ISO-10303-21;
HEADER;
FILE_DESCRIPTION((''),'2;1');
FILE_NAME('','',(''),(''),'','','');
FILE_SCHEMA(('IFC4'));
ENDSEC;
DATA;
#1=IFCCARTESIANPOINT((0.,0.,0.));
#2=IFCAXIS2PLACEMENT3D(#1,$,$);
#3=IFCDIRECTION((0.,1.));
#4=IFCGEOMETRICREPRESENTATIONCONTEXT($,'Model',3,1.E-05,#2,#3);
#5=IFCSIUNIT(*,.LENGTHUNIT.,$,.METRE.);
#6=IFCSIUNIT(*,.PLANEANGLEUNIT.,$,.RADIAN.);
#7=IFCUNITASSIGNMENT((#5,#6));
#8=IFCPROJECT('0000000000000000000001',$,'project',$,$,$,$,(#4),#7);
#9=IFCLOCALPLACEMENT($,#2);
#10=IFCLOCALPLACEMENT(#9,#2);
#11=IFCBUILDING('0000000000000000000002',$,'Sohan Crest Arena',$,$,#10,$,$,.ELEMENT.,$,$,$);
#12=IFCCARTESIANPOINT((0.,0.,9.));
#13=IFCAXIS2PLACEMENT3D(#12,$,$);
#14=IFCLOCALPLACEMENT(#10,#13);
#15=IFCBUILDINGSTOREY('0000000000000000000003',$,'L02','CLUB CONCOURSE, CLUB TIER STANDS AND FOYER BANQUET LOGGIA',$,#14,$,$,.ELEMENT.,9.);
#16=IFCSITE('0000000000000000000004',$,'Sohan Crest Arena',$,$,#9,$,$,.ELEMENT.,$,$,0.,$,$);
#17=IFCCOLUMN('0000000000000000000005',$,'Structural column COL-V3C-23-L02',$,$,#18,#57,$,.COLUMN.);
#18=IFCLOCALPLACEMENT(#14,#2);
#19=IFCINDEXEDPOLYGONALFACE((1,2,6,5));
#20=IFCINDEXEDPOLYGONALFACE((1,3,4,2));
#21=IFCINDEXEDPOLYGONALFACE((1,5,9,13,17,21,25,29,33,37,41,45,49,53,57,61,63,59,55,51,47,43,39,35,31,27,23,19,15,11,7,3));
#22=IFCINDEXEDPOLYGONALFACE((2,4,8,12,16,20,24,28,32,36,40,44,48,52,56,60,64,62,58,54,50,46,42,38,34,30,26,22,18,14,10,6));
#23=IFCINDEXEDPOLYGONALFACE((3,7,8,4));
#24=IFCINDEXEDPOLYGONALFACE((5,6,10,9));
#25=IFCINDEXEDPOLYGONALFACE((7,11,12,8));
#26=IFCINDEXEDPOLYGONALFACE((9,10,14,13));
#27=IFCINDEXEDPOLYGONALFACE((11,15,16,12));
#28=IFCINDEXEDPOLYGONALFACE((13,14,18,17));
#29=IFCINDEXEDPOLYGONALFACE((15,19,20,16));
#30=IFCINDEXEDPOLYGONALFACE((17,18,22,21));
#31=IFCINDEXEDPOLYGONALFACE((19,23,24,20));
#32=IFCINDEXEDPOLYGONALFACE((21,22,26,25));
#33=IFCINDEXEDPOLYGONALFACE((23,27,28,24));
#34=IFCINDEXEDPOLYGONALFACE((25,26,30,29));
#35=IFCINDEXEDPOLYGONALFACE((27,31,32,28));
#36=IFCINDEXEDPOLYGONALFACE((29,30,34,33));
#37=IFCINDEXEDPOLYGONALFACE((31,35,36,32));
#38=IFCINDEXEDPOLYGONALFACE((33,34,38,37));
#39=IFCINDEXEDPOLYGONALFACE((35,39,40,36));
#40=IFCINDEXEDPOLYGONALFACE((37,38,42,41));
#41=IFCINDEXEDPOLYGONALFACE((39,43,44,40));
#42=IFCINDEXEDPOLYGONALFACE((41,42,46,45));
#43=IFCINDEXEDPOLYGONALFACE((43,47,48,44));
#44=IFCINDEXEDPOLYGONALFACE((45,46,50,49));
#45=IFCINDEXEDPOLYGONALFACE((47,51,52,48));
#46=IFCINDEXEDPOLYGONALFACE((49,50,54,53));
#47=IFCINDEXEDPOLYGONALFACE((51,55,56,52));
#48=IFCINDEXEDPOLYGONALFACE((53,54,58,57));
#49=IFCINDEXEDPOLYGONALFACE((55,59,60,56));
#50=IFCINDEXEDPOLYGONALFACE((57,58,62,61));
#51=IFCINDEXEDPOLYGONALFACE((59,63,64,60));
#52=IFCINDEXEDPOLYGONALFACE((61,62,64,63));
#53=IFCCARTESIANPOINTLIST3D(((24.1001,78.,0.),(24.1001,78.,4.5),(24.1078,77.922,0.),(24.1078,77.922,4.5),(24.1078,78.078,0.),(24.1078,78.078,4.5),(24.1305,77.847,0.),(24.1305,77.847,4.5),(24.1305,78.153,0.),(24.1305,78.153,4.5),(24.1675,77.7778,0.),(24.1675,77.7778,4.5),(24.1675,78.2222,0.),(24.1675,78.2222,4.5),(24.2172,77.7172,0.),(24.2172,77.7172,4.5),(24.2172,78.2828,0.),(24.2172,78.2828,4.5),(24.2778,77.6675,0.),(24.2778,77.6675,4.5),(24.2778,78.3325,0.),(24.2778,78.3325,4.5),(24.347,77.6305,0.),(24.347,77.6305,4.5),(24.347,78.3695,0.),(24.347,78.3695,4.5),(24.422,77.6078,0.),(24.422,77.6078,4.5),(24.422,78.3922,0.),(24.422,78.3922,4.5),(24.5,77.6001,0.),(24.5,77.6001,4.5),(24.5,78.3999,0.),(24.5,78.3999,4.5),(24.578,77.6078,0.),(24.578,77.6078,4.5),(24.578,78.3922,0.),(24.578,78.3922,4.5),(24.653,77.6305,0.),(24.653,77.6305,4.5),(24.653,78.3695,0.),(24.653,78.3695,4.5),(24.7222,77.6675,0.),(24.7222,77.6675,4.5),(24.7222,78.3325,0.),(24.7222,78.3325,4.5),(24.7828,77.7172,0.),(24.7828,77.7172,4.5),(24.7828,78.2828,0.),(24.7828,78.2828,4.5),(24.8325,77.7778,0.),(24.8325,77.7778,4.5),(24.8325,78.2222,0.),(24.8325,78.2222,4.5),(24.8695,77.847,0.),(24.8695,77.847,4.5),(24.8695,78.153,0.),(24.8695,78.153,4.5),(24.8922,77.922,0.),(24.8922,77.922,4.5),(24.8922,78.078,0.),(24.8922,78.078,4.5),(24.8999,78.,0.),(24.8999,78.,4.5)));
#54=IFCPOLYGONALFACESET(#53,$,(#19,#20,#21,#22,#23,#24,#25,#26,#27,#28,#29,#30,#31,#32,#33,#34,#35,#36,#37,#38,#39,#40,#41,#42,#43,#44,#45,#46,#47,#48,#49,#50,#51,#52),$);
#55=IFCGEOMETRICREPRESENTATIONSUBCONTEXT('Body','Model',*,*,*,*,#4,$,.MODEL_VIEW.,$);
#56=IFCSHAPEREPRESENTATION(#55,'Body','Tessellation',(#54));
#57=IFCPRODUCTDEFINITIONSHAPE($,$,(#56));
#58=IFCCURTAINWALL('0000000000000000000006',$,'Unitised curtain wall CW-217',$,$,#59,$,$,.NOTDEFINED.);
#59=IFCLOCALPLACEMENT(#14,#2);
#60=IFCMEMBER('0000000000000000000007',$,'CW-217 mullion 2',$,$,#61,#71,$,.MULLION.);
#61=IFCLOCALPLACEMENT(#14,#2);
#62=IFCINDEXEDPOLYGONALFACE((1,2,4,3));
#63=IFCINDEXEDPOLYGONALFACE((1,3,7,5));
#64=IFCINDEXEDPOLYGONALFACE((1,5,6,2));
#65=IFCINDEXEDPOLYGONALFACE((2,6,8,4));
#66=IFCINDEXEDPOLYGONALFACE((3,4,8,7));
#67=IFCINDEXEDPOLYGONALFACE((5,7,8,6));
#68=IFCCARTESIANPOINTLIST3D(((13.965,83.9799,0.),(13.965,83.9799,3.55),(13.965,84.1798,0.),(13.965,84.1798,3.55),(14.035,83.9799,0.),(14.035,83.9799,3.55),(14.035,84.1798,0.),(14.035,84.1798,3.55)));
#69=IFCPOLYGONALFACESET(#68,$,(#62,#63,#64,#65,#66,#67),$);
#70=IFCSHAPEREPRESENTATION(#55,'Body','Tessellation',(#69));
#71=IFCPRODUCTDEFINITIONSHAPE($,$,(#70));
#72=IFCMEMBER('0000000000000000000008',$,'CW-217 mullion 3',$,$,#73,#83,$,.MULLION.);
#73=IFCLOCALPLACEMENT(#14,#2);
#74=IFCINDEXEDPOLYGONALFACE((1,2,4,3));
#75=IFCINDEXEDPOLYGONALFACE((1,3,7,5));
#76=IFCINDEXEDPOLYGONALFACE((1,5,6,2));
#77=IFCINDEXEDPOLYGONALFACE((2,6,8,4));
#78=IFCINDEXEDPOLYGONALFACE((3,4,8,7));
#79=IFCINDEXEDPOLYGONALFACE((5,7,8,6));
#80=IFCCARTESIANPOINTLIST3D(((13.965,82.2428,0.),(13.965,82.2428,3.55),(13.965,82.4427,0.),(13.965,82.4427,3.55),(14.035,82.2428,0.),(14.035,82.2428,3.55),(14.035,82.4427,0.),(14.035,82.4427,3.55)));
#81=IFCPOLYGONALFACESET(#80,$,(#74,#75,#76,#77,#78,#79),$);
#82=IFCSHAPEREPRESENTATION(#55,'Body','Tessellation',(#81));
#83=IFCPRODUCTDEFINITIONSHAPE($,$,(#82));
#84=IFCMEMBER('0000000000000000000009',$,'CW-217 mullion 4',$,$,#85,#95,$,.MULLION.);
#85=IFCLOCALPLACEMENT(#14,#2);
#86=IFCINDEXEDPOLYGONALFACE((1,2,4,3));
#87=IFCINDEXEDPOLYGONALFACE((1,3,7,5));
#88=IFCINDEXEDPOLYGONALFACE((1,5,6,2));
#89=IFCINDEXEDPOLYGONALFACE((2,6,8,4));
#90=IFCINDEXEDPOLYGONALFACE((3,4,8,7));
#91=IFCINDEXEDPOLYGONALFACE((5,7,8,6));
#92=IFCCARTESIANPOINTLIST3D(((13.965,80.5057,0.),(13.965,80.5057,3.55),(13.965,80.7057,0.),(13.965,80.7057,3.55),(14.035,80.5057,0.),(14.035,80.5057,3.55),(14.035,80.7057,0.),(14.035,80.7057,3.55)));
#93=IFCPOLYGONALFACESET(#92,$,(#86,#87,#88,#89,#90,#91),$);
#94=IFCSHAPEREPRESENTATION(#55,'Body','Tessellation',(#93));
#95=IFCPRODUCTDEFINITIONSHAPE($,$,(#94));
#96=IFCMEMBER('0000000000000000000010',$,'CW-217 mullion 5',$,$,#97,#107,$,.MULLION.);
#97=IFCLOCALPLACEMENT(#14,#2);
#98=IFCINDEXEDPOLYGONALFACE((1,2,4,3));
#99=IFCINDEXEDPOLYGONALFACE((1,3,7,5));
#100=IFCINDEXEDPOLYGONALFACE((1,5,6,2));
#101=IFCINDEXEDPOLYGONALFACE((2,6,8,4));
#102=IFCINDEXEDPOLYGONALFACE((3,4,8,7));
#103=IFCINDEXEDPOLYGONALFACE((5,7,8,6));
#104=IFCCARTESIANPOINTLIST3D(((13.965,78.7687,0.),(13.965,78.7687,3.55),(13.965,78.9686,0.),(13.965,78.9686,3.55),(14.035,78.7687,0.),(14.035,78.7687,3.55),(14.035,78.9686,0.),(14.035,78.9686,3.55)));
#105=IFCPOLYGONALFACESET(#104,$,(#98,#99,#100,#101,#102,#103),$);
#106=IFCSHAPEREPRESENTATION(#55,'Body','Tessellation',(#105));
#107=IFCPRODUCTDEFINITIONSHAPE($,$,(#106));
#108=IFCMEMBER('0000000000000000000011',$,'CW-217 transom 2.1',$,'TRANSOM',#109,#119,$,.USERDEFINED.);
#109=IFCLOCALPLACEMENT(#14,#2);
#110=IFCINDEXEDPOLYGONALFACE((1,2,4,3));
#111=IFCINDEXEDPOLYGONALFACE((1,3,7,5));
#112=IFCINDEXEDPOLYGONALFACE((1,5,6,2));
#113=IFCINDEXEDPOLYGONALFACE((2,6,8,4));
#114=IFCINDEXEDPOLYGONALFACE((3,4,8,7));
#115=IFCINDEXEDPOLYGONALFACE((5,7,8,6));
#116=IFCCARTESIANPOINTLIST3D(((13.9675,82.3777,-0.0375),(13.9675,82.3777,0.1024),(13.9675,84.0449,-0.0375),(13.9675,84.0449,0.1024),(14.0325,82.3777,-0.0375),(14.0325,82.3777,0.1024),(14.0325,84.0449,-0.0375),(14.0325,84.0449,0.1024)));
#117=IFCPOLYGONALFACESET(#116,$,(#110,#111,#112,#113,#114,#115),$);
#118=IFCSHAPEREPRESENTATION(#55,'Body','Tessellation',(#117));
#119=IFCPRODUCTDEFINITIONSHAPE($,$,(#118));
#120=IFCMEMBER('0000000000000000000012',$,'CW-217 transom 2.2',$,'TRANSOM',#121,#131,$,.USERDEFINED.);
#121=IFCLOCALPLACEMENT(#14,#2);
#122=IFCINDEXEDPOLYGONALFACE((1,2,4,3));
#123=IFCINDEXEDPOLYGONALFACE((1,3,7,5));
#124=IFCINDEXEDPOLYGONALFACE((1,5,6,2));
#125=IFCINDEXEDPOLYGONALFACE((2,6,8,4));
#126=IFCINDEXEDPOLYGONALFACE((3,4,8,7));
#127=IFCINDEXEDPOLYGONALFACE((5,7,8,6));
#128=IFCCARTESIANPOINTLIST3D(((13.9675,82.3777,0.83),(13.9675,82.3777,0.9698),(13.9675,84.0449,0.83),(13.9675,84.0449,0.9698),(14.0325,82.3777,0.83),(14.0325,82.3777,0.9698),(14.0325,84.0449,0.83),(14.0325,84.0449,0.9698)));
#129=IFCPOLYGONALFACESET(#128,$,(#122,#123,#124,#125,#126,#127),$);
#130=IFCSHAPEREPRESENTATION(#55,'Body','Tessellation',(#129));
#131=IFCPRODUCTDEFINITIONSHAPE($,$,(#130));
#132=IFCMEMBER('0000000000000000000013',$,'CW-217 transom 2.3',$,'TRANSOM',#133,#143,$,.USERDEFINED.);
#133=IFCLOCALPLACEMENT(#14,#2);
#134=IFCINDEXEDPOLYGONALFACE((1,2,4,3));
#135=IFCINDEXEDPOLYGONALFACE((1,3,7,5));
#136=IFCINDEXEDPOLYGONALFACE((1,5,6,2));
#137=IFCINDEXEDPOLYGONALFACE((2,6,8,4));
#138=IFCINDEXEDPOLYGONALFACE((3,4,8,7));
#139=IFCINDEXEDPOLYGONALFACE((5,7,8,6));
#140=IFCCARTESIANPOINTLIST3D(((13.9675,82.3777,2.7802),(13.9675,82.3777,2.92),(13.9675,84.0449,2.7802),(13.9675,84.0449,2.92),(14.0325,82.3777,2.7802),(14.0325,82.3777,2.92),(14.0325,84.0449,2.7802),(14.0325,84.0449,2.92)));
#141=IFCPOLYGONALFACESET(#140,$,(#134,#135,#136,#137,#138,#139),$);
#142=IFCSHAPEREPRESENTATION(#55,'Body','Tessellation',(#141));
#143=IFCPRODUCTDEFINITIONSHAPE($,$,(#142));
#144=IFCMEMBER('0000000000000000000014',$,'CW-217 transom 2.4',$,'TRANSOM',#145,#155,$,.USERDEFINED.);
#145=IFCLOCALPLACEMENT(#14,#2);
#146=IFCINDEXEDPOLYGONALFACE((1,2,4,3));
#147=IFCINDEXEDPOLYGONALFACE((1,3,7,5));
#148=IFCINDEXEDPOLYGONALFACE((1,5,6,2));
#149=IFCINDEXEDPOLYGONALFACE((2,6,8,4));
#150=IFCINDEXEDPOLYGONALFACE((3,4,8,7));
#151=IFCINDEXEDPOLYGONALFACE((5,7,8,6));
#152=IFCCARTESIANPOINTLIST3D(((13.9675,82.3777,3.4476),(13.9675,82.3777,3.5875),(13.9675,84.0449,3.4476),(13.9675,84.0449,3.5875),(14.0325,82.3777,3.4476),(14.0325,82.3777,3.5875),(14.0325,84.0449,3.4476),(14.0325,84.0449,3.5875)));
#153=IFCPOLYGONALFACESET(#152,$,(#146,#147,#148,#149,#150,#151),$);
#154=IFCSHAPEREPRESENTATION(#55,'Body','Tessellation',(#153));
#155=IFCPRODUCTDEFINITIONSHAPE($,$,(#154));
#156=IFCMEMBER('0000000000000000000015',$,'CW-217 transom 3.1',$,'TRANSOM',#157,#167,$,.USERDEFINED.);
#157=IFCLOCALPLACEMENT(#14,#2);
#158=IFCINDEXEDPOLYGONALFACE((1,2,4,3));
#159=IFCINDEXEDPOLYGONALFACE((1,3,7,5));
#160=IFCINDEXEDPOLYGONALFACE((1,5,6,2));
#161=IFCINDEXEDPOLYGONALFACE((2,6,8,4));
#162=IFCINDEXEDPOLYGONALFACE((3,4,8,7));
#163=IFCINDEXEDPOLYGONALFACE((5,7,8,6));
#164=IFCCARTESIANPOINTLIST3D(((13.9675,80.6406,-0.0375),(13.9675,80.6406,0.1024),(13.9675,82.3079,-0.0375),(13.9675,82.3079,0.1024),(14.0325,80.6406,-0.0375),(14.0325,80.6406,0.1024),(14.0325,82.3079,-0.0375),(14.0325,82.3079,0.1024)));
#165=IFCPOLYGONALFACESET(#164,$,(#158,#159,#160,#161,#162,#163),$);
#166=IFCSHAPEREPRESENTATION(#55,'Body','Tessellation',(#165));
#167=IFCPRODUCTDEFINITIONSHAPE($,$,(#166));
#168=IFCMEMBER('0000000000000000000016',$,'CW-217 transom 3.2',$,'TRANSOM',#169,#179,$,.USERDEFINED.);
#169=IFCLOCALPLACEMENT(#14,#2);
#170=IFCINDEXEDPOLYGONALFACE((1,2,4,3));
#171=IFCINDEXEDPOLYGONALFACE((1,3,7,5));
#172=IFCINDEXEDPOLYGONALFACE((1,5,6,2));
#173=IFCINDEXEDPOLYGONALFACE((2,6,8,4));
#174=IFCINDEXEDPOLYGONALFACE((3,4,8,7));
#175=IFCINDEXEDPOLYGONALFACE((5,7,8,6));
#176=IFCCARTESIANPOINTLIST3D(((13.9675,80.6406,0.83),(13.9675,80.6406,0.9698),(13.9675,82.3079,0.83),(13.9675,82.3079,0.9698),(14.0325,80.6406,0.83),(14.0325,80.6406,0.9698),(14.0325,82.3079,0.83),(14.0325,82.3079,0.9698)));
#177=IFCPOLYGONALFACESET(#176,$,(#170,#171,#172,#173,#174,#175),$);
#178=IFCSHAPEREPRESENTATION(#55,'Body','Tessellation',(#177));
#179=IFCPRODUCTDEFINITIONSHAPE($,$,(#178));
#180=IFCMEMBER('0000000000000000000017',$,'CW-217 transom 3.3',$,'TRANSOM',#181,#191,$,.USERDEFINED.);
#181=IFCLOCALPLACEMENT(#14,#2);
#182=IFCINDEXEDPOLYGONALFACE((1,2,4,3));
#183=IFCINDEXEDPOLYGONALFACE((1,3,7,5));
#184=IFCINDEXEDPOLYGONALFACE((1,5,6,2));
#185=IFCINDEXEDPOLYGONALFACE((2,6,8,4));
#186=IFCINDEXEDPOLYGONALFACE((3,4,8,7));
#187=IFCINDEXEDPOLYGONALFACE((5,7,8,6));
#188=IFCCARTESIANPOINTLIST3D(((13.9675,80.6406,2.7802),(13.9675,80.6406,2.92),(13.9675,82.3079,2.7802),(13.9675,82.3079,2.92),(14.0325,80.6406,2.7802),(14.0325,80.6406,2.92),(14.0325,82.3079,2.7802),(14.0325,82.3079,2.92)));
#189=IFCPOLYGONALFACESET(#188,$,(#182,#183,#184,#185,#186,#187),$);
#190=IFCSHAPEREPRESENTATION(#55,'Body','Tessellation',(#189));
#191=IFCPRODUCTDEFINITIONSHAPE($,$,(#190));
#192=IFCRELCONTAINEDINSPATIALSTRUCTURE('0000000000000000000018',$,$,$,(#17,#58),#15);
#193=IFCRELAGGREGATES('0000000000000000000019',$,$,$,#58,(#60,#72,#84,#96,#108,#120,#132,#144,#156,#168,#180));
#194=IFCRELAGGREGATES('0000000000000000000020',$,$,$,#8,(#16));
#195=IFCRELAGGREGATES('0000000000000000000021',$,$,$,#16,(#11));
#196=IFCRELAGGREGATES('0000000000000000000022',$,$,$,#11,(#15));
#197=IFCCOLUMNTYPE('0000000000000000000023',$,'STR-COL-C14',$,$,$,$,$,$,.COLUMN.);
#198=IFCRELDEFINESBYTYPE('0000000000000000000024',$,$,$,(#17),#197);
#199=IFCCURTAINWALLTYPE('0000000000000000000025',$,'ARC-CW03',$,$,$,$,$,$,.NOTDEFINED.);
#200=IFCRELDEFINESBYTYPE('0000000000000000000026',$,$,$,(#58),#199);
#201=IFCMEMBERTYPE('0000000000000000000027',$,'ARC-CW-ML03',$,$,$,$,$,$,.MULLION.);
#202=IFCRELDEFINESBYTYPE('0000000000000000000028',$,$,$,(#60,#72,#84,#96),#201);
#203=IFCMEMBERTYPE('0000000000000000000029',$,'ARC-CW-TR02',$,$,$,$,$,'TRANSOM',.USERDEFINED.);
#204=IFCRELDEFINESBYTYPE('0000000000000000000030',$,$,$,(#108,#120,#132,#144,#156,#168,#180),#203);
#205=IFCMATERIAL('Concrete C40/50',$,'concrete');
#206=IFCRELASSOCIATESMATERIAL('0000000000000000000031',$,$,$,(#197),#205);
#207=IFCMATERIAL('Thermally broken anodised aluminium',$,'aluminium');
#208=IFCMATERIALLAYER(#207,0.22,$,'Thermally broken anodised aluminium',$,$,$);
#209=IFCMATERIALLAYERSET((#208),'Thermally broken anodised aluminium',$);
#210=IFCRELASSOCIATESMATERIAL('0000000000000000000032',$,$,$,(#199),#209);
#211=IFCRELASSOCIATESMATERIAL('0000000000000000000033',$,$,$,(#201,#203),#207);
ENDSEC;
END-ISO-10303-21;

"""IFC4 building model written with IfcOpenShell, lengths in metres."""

from ifc_helpers import new_model, si_unit, direction, frame, origin, origin_2d, place, context, subcontext, project, spatial, rectangle, circle, extrude, material, layer, layer_set, material_profile, profile_set, type_object, element, aggregate, save


model = new_model("IFC4")

# Units and contexts
model_context = context("Model", 3, precision=1e-05, world=origin(), true_north=direction((0.0, 1.0)))
body_context = subcontext(model_context, "Body", "Model", "MODEL_VIEW")
ifc_project = project(units=[si_unit("LENGTHUNIT", "METRE"), si_unit("PLANEANGLEUNIT", "RADIAN")], contexts=[model_context])

# Site, building, storey
site_placement = place(None, origin())
site = spatial("IfcSite", under=ifc_project, at=site_placement, Name="Sohan Crest Arena", CompositionType="ELEMENT", RefElevation=0.0)
building_placement = place(site_placement, origin())
building = spatial("IfcBuilding", under=site, at=building_placement, Name="Sohan Crest Arena", CompositionType="ELEMENT")
storey_placement = place(building_placement, frame((0.0, 0.0, 9.0)))
storey = spatial("IfcBuildingStorey", under=building, at=storey_placement, Name="L02", Description="CLUB CONCOURSE, CLUB TIER STANDS AND FOYER BANQUET LOGGIA", CompositionType="ELEMENT", Elevation=9.0)

# Column
ifc_material_1 = material(Name="Concrete C40/50", Category="concrete")
ifc_material_profile_1 = material_profile(ifc_material_1, circle(Radius=0.3999, at=origin_2d()), Name="RC D800")
ifc_profile_set_1 = profile_set([ifc_material_profile_1], Name="Concrete C40/50")
column_type = type_object("IfcColumnType", Name="STR-COL-C14", PredefinedType="COLUMN", material=ifc_profile_set_1)
column_placement = place(storey_placement, frame((24.5, 78.0, 0.0), z_axis=(0.0, 0.0, 1.0), x_axis=(1.0, 0.0, 0.0)))
element("IfcColumn", 1, at=column_placement, inside=storey, type_object=column_type, Name="Structural column COL-V3C-23-L02", PredefinedType="COLUMN", context=body_context, shape_type="SweptSolid", body=[
    extrude(circle(Radius=0.3999, at=origin_2d()), origin(), (0.0, 0.0, 1.0), 4.5),
])

# Curtain wall, members
ifc_material_2 = material(Name="Thermally broken anodised aluminium", Category="aluminium")
ifc_layer_1 = layer(ifc_material_2, 0.22, Name="Thermally broken anodised aluminium")
ifc_layer_set_1 = layer_set([ifc_layer_1], Name="Thermally broken anodised aluminium")
curtain_wall_type = type_object("IfcCurtainWallType", Name="ARC-CW03", PredefinedType="NOTDEFINED", material=ifc_layer_set_1)
curtain_wall_placement = place(storey_placement, origin())
curtain_wall = element("IfcCurtainWall", 2, at=curtain_wall_placement, inside=storey, type_object=curtain_wall_type, Name="Unitised curtain wall CW-217", PredefinedType="NOTDEFINED")
ifc_material_profile_2 = material_profile(ifc_material_2, rectangle(XDim=0.0701, YDim=0.2, at=origin_2d()), Name="ALU-MULL 70x200")
ifc_profile_set_2 = profile_set([ifc_material_profile_2], Name="Thermally broken anodised aluminium")
member_type_1 = type_object("IfcMemberType", Name="ARC-CW-ML03", PredefinedType="MULLION", material=ifc_profile_set_2)
member_1_placement = place(storey_placement, frame((14.0, 84.0798, 0.0), z_axis=(0.0, 0.0, 1.0), x_axis=(1.0, 0.0, 0.0)))
member_1 = element("IfcMember", 3, at=member_1_placement, type_object=member_type_1, Name="CW-217 mullion 2", PredefinedType="MULLION", context=body_context, shape_type="SweptSolid", body=[
    extrude(rectangle(XDim=0.0701, YDim=0.2, at=origin_2d()), origin(), (0.0, 0.0, 1.0), 3.55),
])
member_2_placement = place(storey_placement, frame((14.0, 82.3428, 0.0), z_axis=(0.0, 0.0, 1.0), x_axis=(1.0, 0.0, 0.0)))
member_2 = element("IfcMember", 4, at=member_2_placement, type_object=member_type_1, Name="CW-217 mullion 3", PredefinedType="MULLION", context=body_context, shape_type="SweptSolid", body=[
    extrude(rectangle(XDim=0.0701, YDim=0.2, at=origin_2d()), origin(), (0.0, 0.0, 1.0), 3.55),
])
member_3_placement = place(storey_placement, frame((14.0, 80.6057, 0.0), z_axis=(0.0, 0.0, 1.0), x_axis=(1.0, 0.0, 0.0)))
member_3 = element("IfcMember", 5, at=member_3_placement, type_object=member_type_1, Name="CW-217 mullion 4", PredefinedType="MULLION", context=body_context, shape_type="SweptSolid", body=[
    extrude(rectangle(XDim=0.0701, YDim=0.2, at=origin_2d()), origin(), (0.0, 0.0, 1.0), 3.55),
])
member_4_placement = place(storey_placement, frame((14.0, 78.8687, 0.0), z_axis=(0.0, 0.0, 1.0), x_axis=(1.0, 0.0, 0.0)))
member_4 = element("IfcMember", 6, at=member_4_placement, type_object=member_type_1, Name="CW-217 mullion 5", PredefinedType="MULLION", context=body_context, shape_type="SweptSolid", body=[
    extrude(rectangle(XDim=0.0701, YDim=0.2, at=origin_2d()), origin(), (0.0, 0.0, 1.0), 3.55),
])
ifc_material_profile_3 = material_profile(ifc_material_2, rectangle(XDim=0.0649, YDim=0.1399, at=origin_2d()), Name="ALU-TRAN 65x140")
ifc_profile_set_3 = profile_set([ifc_material_profile_3], Name="Thermally broken anodised aluminium")
member_type_2 = type_object("IfcMemberType", Name="ARC-CW-TR02", ElementType="TRANSOM", PredefinedType="USERDEFINED", material=ifc_profile_set_3)
member_5_placement = place(storey_placement, frame((14.0, 84.0449, 0.0325), z_axis=(0.0, -1.0, 0.0), x_axis=(1.0, 0.0, 0.0)))
member_5 = element("IfcMember", 7, at=member_5_placement, type_object=member_type_2, Name="CW-217 transom 2.1", ObjectType="TRANSOM", PredefinedType="USERDEFINED", context=body_context, shape_type="SweptSolid", body=[
    extrude(rectangle(XDim=0.0649, YDim=0.1399, at=origin_2d()), origin(), (0.0, 0.0, 1.0), 1.6672),
])
member_6_placement = place(storey_placement, frame((14.0, 84.0449, 0.8999), z_axis=(0.0, -1.0, 0.0), x_axis=(1.0, 0.0, 0.0)))
member_6 = element("IfcMember", 8, at=member_6_placement, type_object=member_type_2, Name="CW-217 transom 2.2", ObjectType="TRANSOM", PredefinedType="USERDEFINED", context=body_context, shape_type="SweptSolid", body=[
    extrude(rectangle(XDim=0.0649, YDim=0.1399, at=origin_2d()), origin(), (0.0, 0.0, 1.0), 1.6672),
])
member_7_placement = place(storey_placement, frame((14.0, 84.0449, 2.8501), z_axis=(0.0, -1.0, 0.0), x_axis=(1.0, 0.0, 0.0)))
member_7 = element("IfcMember", 9, at=member_7_placement, type_object=member_type_2, Name="CW-217 transom 2.3", ObjectType="TRANSOM", PredefinedType="USERDEFINED", context=body_context, shape_type="SweptSolid", body=[
    extrude(rectangle(XDim=0.0649, YDim=0.1399, at=origin_2d()), origin(), (0.0, 0.0, 1.0), 1.6672),
])
member_8_placement = place(storey_placement, frame((14.0, 84.0449, 3.5176), z_axis=(0.0, -1.0, 0.0), x_axis=(1.0, 0.0, 0.0)))
member_8 = element("IfcMember", 10, at=member_8_placement, type_object=member_type_2, Name="CW-217 transom 2.4", ObjectType="TRANSOM", PredefinedType="USERDEFINED", context=body_context, shape_type="SweptSolid", body=[
    extrude(rectangle(XDim=0.0649, YDim=0.1399, at=origin_2d()), origin(), (0.0, 0.0, 1.0), 1.6672),
])
member_9_placement = place(storey_placement, frame((14.0, 82.3079, 0.0325), z_axis=(0.0, -1.0, 0.0), x_axis=(1.0, 0.0, 0.0)))
member_9 = element("IfcMember", 11, at=member_9_placement, type_object=member_type_2, Name="CW-217 transom 3.1", ObjectType="TRANSOM", PredefinedType="USERDEFINED", context=body_context, shape_type="SweptSolid", body=[
    extrude(rectangle(XDim=0.0649, YDim=0.1399, at=origin_2d()), origin(), (0.0, 0.0, 1.0), 1.6672),
])
member_10_placement = place(storey_placement, frame((14.0, 82.3079, 0.8999), z_axis=(0.0, -1.0, 0.0), x_axis=(1.0, 0.0, 0.0)))
member_10 = element("IfcMember", 12, at=member_10_placement, type_object=member_type_2, Name="CW-217 transom 3.2", ObjectType="TRANSOM", PredefinedType="USERDEFINED", context=body_context, shape_type="SweptSolid", body=[
    extrude(rectangle(XDim=0.0649, YDim=0.1399, at=origin_2d()), origin(), (0.0, 0.0, 1.0), 1.6672),
])
member_11_placement = place(storey_placement, frame((14.0, 82.3079, 2.8501), z_axis=(0.0, -1.0, 0.0), x_axis=(1.0, 0.0, 0.0)))
member_11 = element("IfcMember", 13, at=member_11_placement, type_object=member_type_2, Name="CW-217 transom 3.3", ObjectType="TRANSOM", PredefinedType="USERDEFINED", context=body_context, shape_type="SweptSolid", body=[
    extrude(rectangle(XDim=0.0649, YDim=0.1399, at=origin_2d()), origin(), (0.0, 0.0, 1.0), 1.6672),
])

aggregate(curtain_wall, [member_1, member_2, member_3, member_4, member_5, member_6, member_7, member_8, member_9, member_10, member_11])

save(model, "model.ifc")
